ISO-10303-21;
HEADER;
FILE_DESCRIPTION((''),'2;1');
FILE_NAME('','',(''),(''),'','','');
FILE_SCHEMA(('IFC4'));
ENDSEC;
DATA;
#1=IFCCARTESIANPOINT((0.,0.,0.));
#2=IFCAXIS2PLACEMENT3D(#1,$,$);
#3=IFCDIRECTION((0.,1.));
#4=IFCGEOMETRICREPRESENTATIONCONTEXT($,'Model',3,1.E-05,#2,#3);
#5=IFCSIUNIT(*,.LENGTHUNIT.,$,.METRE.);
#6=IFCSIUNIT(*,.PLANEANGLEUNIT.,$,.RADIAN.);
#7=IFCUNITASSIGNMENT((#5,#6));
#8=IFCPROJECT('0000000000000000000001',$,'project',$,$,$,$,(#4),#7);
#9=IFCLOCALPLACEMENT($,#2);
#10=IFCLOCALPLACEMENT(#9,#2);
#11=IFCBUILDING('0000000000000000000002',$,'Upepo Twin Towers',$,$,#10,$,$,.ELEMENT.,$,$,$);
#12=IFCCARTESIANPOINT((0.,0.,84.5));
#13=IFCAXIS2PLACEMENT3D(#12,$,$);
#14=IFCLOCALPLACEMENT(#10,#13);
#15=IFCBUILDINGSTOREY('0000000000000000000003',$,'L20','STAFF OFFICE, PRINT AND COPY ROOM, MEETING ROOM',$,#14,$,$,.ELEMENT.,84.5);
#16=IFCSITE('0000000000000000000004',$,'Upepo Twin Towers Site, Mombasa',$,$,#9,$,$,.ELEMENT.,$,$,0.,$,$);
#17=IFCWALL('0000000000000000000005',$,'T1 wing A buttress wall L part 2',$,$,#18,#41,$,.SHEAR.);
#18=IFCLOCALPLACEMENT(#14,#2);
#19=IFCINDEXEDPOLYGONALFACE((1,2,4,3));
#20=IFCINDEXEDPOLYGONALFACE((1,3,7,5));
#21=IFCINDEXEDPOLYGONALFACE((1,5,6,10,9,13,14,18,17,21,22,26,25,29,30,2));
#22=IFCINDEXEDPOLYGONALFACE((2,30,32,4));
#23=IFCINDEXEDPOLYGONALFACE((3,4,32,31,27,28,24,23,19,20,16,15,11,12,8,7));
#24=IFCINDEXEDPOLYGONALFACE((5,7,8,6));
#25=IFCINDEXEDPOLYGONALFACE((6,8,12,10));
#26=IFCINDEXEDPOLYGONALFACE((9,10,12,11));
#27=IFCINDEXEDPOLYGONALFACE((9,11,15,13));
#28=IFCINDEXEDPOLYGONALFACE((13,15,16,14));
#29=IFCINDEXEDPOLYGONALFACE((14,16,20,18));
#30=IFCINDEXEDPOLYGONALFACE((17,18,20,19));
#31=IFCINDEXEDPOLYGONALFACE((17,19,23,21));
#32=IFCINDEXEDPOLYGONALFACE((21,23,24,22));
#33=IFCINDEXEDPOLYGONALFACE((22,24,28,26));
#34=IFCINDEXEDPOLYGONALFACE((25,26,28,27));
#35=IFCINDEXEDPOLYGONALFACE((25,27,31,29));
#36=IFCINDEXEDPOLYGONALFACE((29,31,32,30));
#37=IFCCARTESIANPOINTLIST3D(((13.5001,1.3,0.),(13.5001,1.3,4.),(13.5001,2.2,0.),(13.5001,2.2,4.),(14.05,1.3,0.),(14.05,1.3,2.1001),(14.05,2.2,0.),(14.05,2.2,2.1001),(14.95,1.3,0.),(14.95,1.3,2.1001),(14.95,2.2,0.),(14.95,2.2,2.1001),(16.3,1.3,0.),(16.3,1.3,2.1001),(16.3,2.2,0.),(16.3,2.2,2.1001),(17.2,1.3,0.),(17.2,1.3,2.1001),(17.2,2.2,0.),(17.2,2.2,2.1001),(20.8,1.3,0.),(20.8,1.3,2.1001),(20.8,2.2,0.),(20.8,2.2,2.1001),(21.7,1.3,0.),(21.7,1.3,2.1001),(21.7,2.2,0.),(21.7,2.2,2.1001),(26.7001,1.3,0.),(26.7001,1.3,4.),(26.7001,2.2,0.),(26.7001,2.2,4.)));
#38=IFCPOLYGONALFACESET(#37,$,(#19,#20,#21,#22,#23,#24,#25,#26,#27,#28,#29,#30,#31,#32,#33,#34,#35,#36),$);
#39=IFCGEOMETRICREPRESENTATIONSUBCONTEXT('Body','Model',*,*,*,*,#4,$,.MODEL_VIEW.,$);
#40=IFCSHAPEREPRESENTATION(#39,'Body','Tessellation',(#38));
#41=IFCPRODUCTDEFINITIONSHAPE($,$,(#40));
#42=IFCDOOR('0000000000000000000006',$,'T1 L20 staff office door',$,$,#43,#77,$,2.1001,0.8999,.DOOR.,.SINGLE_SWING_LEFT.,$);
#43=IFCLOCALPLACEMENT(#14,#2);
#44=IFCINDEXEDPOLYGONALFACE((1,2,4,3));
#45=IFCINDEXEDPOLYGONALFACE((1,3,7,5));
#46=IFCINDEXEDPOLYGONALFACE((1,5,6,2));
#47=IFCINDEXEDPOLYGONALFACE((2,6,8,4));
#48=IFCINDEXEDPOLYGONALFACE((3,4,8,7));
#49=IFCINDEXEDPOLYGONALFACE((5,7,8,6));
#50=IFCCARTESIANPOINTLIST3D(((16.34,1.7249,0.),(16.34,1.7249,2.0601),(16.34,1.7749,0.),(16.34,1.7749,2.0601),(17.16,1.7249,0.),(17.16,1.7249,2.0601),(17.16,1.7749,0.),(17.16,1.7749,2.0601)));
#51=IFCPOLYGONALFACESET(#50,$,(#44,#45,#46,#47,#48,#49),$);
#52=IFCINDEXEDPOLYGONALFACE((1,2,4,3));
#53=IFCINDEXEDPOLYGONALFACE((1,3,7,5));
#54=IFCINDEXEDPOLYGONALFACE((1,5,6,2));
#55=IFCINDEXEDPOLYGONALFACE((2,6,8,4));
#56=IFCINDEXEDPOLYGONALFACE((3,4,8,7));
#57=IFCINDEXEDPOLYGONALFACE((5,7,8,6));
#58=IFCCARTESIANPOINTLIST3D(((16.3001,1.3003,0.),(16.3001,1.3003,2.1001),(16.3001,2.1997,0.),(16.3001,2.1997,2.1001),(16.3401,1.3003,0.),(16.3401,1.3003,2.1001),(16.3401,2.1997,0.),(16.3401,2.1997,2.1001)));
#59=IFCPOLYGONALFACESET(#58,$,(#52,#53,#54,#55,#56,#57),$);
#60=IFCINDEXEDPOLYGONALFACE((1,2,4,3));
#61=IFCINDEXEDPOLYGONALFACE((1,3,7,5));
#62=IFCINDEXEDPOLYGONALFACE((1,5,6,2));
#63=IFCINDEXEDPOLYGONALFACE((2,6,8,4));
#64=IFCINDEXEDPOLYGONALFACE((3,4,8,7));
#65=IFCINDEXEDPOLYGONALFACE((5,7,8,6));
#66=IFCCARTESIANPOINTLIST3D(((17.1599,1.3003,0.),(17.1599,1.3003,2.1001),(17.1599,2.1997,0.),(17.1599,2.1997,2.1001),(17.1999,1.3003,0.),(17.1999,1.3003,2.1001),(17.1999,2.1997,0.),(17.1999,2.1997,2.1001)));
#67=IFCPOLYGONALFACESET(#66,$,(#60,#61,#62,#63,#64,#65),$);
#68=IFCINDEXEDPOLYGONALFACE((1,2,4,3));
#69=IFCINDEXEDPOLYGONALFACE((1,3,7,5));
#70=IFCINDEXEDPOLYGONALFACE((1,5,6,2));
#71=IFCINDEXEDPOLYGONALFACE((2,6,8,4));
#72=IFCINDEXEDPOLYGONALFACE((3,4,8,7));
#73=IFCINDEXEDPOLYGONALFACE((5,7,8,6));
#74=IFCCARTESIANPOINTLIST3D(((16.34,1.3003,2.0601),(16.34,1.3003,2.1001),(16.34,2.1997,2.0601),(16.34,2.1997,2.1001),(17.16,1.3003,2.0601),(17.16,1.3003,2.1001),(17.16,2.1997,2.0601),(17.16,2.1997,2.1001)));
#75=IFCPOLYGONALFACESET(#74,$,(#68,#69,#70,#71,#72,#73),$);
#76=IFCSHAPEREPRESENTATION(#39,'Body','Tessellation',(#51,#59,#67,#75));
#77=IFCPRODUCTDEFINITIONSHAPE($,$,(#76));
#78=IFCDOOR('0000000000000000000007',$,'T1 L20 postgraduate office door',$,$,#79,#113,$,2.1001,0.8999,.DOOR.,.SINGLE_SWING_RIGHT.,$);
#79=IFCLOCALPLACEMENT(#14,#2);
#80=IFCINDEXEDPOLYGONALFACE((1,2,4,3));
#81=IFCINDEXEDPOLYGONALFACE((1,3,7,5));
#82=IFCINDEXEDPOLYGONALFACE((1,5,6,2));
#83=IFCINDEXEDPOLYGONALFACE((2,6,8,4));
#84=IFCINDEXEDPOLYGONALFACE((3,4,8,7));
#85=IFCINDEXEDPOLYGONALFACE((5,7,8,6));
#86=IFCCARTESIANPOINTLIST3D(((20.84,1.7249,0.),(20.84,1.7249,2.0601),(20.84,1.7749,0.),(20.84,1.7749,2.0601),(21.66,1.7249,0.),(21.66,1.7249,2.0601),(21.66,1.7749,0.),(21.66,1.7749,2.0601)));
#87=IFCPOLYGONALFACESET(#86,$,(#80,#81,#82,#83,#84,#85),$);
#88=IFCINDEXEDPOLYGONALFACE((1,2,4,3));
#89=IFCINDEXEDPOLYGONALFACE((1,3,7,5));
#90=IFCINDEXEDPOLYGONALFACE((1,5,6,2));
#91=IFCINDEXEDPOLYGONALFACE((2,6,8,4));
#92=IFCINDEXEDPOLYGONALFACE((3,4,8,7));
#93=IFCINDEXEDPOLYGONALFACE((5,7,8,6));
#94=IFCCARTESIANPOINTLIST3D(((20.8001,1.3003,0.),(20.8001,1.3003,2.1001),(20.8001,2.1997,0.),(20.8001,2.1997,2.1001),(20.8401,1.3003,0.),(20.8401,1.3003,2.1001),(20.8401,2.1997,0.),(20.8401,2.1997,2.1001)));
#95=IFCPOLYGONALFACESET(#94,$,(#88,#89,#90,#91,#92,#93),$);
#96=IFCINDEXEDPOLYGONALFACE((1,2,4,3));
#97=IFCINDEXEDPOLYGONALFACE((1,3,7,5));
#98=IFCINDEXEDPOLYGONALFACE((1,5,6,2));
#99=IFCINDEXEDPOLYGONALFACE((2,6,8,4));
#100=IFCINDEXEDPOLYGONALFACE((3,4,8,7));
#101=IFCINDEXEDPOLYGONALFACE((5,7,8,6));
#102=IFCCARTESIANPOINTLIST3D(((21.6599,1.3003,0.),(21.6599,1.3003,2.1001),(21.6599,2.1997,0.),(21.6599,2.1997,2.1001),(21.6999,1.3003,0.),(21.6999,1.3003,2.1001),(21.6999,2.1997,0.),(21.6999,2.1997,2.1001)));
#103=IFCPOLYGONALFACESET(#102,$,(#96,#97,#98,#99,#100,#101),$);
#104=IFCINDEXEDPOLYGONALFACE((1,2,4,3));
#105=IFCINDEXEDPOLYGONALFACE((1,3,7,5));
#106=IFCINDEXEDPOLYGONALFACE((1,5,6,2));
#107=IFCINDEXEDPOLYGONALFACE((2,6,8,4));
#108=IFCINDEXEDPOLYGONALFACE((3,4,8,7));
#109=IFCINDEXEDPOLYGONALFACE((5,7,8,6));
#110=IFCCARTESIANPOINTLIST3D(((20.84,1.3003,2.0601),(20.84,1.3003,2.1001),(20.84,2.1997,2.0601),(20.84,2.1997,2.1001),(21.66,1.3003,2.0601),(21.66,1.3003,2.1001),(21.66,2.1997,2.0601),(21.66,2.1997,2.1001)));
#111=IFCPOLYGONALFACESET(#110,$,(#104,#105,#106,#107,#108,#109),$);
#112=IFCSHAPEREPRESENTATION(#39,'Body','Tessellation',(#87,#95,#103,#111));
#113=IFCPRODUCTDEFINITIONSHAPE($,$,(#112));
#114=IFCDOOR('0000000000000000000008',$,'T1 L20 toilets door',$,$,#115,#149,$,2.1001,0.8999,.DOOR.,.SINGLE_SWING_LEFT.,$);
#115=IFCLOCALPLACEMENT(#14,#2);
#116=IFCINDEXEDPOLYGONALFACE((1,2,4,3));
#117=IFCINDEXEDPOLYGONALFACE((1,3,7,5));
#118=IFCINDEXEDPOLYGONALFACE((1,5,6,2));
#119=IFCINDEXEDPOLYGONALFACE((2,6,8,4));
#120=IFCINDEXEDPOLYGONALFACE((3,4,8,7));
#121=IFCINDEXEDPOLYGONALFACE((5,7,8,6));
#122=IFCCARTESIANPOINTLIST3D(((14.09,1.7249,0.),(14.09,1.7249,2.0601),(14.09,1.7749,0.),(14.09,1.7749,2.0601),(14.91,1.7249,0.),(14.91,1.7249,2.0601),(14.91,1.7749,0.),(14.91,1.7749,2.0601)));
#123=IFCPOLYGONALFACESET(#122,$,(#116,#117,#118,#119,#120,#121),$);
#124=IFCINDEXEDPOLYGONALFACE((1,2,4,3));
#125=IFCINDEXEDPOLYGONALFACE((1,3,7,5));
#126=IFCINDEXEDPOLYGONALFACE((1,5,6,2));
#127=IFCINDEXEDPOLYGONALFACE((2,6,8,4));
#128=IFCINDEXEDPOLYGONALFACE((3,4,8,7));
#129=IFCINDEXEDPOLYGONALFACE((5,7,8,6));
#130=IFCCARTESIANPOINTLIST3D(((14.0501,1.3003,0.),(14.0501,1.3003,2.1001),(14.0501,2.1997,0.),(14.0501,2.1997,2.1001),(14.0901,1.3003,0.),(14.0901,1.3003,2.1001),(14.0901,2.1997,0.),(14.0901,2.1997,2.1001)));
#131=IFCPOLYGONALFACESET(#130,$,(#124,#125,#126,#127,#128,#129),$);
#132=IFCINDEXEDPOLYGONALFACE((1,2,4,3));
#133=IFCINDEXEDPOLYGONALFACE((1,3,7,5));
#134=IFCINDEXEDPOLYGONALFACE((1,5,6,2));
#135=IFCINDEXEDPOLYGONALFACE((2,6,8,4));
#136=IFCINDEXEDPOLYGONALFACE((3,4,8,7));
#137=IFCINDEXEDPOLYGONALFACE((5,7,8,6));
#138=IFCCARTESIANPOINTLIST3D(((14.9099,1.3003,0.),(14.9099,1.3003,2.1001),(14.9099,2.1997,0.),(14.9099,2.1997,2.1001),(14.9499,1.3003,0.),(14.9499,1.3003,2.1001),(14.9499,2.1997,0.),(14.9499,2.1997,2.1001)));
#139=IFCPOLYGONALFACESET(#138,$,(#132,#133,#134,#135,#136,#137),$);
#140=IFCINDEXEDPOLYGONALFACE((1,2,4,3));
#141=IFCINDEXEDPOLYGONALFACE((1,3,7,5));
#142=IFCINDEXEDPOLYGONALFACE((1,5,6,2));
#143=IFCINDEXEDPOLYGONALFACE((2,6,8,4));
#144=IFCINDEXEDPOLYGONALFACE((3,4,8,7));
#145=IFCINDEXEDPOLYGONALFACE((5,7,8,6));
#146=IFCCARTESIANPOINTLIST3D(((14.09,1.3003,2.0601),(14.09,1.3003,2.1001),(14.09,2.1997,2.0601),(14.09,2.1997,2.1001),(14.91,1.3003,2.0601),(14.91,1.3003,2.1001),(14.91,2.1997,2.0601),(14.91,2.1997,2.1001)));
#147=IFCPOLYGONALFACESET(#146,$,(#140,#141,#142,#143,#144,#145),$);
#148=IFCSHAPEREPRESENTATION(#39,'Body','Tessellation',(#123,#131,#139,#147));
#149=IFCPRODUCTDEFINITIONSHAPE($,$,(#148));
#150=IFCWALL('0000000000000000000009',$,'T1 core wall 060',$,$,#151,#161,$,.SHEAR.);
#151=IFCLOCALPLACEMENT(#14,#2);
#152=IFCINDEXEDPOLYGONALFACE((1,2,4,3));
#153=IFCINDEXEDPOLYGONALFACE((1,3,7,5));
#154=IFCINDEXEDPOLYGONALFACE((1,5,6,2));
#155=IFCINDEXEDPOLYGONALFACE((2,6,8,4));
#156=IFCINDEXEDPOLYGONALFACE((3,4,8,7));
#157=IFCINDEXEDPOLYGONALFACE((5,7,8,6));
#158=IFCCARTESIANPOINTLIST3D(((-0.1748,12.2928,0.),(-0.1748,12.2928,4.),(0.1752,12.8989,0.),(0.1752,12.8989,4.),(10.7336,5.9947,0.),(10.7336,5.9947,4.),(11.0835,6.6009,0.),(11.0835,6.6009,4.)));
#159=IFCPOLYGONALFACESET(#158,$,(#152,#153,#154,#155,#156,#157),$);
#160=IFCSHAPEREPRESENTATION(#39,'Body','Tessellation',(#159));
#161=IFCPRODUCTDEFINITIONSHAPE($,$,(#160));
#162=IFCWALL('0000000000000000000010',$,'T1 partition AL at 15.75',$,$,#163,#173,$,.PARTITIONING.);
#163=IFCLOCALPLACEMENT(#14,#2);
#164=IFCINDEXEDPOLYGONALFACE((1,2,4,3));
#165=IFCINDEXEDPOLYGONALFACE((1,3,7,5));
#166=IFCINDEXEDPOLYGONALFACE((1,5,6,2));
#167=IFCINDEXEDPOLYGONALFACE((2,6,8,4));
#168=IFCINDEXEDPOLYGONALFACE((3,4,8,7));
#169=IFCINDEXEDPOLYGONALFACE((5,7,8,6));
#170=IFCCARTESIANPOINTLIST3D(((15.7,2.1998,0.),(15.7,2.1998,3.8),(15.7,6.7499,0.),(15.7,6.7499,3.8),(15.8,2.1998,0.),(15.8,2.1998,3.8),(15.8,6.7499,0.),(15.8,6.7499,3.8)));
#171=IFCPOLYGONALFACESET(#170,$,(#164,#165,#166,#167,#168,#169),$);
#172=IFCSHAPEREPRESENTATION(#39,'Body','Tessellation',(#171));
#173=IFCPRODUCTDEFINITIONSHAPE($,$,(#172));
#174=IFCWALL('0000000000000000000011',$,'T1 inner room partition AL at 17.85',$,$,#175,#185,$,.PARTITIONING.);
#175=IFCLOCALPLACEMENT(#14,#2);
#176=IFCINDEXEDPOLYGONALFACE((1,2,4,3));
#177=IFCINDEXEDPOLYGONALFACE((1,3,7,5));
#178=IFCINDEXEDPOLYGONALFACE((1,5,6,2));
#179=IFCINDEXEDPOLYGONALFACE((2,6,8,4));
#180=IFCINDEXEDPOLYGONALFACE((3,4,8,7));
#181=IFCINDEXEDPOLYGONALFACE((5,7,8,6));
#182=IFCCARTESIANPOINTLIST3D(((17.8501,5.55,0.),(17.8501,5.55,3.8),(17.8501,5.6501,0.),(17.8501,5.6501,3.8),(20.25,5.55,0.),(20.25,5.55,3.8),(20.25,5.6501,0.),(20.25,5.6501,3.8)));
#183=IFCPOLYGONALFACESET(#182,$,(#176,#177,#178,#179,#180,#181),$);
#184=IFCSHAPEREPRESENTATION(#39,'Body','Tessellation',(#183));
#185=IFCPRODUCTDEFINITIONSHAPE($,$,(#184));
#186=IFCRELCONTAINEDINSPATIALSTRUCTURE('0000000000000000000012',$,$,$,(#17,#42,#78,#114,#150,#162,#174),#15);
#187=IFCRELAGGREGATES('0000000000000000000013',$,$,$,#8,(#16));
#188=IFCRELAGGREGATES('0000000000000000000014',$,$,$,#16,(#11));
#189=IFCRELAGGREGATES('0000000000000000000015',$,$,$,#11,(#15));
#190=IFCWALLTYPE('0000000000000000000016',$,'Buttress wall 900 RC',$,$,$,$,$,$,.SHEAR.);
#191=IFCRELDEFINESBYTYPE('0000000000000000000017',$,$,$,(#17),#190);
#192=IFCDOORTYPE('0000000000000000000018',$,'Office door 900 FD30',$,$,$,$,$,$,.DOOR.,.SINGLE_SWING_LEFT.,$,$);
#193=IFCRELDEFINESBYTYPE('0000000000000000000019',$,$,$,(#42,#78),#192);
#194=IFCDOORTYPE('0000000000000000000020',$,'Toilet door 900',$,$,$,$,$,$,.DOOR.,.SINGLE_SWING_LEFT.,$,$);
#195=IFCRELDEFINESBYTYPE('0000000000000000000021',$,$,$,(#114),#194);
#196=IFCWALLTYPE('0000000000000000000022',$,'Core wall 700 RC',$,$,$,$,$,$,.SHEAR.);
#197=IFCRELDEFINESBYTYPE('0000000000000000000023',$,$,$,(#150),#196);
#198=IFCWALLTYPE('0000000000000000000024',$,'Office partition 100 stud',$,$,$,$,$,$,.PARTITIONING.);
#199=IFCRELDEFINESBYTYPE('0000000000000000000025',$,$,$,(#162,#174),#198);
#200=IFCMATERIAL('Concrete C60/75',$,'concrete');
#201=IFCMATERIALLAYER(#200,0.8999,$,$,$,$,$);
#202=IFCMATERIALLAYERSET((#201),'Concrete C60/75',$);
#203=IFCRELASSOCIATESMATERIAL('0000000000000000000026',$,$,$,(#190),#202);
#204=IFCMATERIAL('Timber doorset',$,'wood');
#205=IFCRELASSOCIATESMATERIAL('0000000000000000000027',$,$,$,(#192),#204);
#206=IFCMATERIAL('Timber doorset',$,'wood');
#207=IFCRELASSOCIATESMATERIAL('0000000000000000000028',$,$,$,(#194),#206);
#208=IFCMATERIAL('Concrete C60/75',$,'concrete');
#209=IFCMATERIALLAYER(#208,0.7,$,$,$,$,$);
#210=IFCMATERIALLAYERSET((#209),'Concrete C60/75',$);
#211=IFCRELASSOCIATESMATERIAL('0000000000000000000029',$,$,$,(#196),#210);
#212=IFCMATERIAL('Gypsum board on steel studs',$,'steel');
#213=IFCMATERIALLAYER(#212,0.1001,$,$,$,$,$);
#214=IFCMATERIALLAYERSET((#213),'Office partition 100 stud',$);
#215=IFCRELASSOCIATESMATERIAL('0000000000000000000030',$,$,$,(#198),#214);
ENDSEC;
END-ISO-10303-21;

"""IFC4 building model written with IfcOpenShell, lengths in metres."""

from ifc_helpers import new_model, si_unit, direction, frame, frame_2d, origin, place, context, subcontext, project, spatial, rectangle, extrude, material, layer, layer_set, type_object, element, fill, save


model = new_model("IFC4")

# Units and contexts
model_context = context("Model", 3, precision=1e-05, world=origin(), true_north=direction((0.0, 1.0)))
body_context = subcontext(model_context, "Body", "Model", "MODEL_VIEW")
ifc_project = project(units=[si_unit("LENGTHUNIT", "METRE"), si_unit("PLANEANGLEUNIT", "RADIAN")], contexts=[model_context])

# Site, building, storey
site_placement = place(None, origin())
site = spatial("IfcSite", under=ifc_project, at=site_placement, Name="Upepo Twin Towers Site, Mombasa", CompositionType="ELEMENT", RefElevation=0.0)
building_placement = place(site_placement, origin())
building = spatial("IfcBuilding", under=site, at=building_placement, Name="Upepo Twin Towers", CompositionType="ELEMENT")
storey_placement = place(building_placement, frame((0.0, 0.0, 84.5)))
storey = spatial("IfcBuildingStorey", under=building, at=storey_placement, Name="L20", Description="STAFF OFFICE, PRINT AND COPY ROOM, MEETING ROOM", CompositionType="ELEMENT", Elevation=84.5)

# Wall, openings, doors
ifc_material_1 = material(Name="Concrete C60/75", Category="concrete")
ifc_layer_1 = layer(ifc_material_1, 0.8999)
ifc_layer_set_1 = layer_set([ifc_layer_1], Name="Concrete C60/75")
wall_type_1 = type_object("IfcWallType", Name="Buttress wall 900 RC", PredefinedType="SHEAR", material=ifc_layer_set_1)
wall_1_placement = place(storey_placement, frame((13.5, 1.75, 0.0), z_axis=(0.0, 0.0, 1.0), x_axis=(1.0, 0.0, 0.0)))
wall_1 = element("IfcWall", 1, at=wall_1_placement, inside=storey, type_object=wall_type_1, Name="T1 wing A buttress wall L part 2", PredefinedType="SHEAR", context=body_context, shape_type="SweptSolid", body=[
    extrude(rectangle(XDim=13.2, YDim=0.8999, at=frame_2d((6.6001, 0.0))), origin(), (0.0, 0.0, 1.0), 4.0),
])
opening_1_placement = place(wall_1_placement, frame((0.55, 0.0, 0.0)))
opening_1 = element("IfcOpeningElement", 2, at=opening_1_placement, cuts=wall_1, PredefinedType="OPENING", context=body_context, shape_type="SweptSolid", body=[
    extrude(rectangle(XDim=0.8999, YDim=2.1001, at=frame_2d((0.45, 1.05))), frame((0.0, 0.46, 0.0), z_axis=(0.0, -1.0, 0.0), x_axis=(1.0, 0.0, 0.0)), (0.0, 0.0, 1.0), 0.9199),
])
opening_2_placement = place(wall_1_placement, frame((2.8, 0.0, 0.0)))
opening_2 = element("IfcOpeningElement", 3, at=opening_2_placement, cuts=wall_1, PredefinedType="OPENING", context=body_context, shape_type="SweptSolid", body=[
    extrude(rectangle(XDim=0.8999, YDim=2.1001, at=frame_2d((0.45, 1.05))), frame((0.0, 0.46, 0.0), z_axis=(0.0, -1.0, 0.0), x_axis=(1.0, 0.0, 0.0)), (0.0, 0.0, 1.0), 0.9199),
])
opening_3_placement = place(wall_1_placement, frame((7.3, 0.0, 0.0)))
opening_3 = element("IfcOpeningElement", 4, at=opening_3_placement, cuts=wall_1, PredefinedType="OPENING", context=body_context, shape_type="SweptSolid", body=[
    extrude(rectangle(XDim=0.8999, YDim=2.1001, at=frame_2d((0.45, 1.05))), frame((0.0, 0.46, 0.0), z_axis=(0.0, -1.0, 0.0), x_axis=(1.0, 0.0, 0.0)), (0.0, 0.0, 1.0), 0.9199),
])
ifc_material_2 = material(Name="Timber doorset", Category="wood")
door_type_1 = type_object("IfcDoorType", Name="Office door 900 FD30", OperationType="SINGLE_SWING_LEFT", PredefinedType="DOOR", material=ifc_material_2)
door_1_placement = place(opening_2_placement, origin())
door_1 = element("IfcDoor", 5, at=door_1_placement, inside=storey, type_object=door_type_1, Name="T1 L20 staff office door", OperationType="SINGLE_SWING_LEFT", OverallHeight=2.1001, OverallWidth=0.8999, PredefinedType="DOOR", context=body_context, shape_type="SweptSolid", body=[
    extrude(rectangle(XDim=0.8199, YDim=2.0601, at=frame_2d((0.45, 1.03))), frame((0.0, 0.0249, 0.0), z_axis=(0.0, -1.0, 0.0), x_axis=(1.0, 0.0, 0.0)), (0.0, 0.0, 1.0), 0.05),
    extrude(rectangle(XDim=0.04, YDim=2.1001, at=frame_2d((0.02, 1.05))), frame((0.0, 0.4497, 0.0), z_axis=(0.0, -1.0, 0.0), x_axis=(1.0, 0.0, 0.0)), (0.0, 0.0, 1.0), 0.8994),
    extrude(rectangle(XDim=0.04, YDim=2.1001, at=frame_2d((0.8799, 1.05))), frame((0.0, 0.4497, 0.0), z_axis=(0.0, -1.0, 0.0), x_axis=(1.0, 0.0, 0.0)), (0.0, 0.0, 1.0), 0.8994),
    extrude(rectangle(XDim=0.8199, YDim=0.04, at=frame_2d((0.45, 2.0801))), frame((0.0, 0.4497, 0.0), z_axis=(0.0, -1.0, 0.0), x_axis=(1.0, 0.0, 0.0)), (0.0, 0.0, 1.0), 0.8994),
])
fill(opening_2, door_1)
door_2_placement = place(opening_3_placement, origin())
door_2 = element("IfcDoor", 6, at=door_2_placement, inside=storey, type_object=door_type_1, Name="T1 L20 postgraduate office door", OperationType="SINGLE_SWING_RIGHT", OverallHeight=2.1001, OverallWidth=0.8999, PredefinedType="DOOR", context=body_context, shape_type="SweptSolid", body=[
    extrude(rectangle(XDim=0.8199, YDim=2.0601, at=frame_2d((0.45, 1.03))), frame((0.0, 0.0249, 0.0), z_axis=(0.0, -1.0, 0.0), x_axis=(1.0, 0.0, 0.0)), (0.0, 0.0, 1.0), 0.05),
    extrude(rectangle(XDim=0.04, YDim=2.1001, at=frame_2d((0.02, 1.05))), frame((0.0, 0.4497, 0.0), z_axis=(0.0, -1.0, 0.0), x_axis=(1.0, 0.0, 0.0)), (0.0, 0.0, 1.0), 0.8994),
    extrude(rectangle(XDim=0.04, YDim=2.1001, at=frame_2d((0.8799, 1.05))), frame((0.0, 0.4497, 0.0), z_axis=(0.0, -1.0, 0.0), x_axis=(1.0, 0.0, 0.0)), (0.0, 0.0, 1.0), 0.8994),
    extrude(rectangle(XDim=0.8199, YDim=0.04, at=frame_2d((0.45, 2.0801))), frame((0.0, 0.4497, 0.0), z_axis=(0.0, -1.0, 0.0), x_axis=(1.0, 0.0, 0.0)), (0.0, 0.0, 1.0), 0.8994),
])
fill(opening_3, door_2)
ifc_material_3 = material(Name="Timber doorset", Category="wood")
door_type_2 = type_object("IfcDoorType", Name="Toilet door 900", OperationType="SINGLE_SWING_LEFT", PredefinedType="DOOR", material=ifc_material_3)
door_3_placement = place(opening_1_placement, origin())
door_3 = element("IfcDoor", 7, at=door_3_placement, inside=storey, type_object=door_type_2, Name="T1 L20 toilets door", OperationType="SINGLE_SWING_LEFT", OverallHeight=2.1001, OverallWidth=0.8999, PredefinedType="DOOR", context=body_context, shape_type="SweptSolid", body=[
    extrude(rectangle(XDim=0.8199, YDim=2.0601, at=frame_2d((0.45, 1.03))), frame((0.0, 0.0249, 0.0), z_axis=(0.0, -1.0, 0.0), x_axis=(1.0, 0.0, 0.0)), (0.0, 0.0, 1.0), 0.05),
    extrude(rectangle(XDim=0.04, YDim=2.1001, at=frame_2d((0.02, 1.05))), frame((0.0, 0.4497, 0.0), z_axis=(0.0, -1.0, 0.0), x_axis=(1.0, 0.0, 0.0)), (0.0, 0.0, 1.0), 0.8994),
    extrude(rectangle(XDim=0.04, YDim=2.1001, at=frame_2d((0.8799, 1.05))), frame((0.0, 0.4497, 0.0), z_axis=(0.0, -1.0, 0.0), x_axis=(1.0, 0.0, 0.0)), (0.0, 0.0, 1.0), 0.8994),
    extrude(rectangle(XDim=0.8199, YDim=0.04, at=frame_2d((0.45, 2.0801))), frame((0.0, 0.4497, 0.0), z_axis=(0.0, -1.0, 0.0), x_axis=(1.0, 0.0, 0.0)), (0.0, 0.0, 1.0), 0.8994),
])
fill(opening_1, door_3)

# Walls
ifc_material_4 = material(Name="Concrete C60/75", Category="concrete")
ifc_layer_2 = layer(ifc_material_4, 0.7)
ifc_layer_set_2 = layer_set([ifc_layer_2], Name="Concrete C60/75")
wall_type_2 = type_object("IfcWallType", Name="Core wall 700 RC", PredefinedType="SHEAR", material=ifc_layer_set_2)
wall_2_placement = place(storey_placement, frame((10.9084, 6.2979, 0.0), z_axis=(0.0, 0.0, 1.0), x_axis=(-0.866022, 0.500006, 0.0)))
element("IfcWall", 8, at=wall_2_placement, inside=storey, type_object=wall_type_2, Name="T1 core wall 060", PredefinedType="SHEAR", context=body_context, shape_type="SweptSolid", body=[
    extrude(rectangle(XDim=12.5959, YDim=0.7, at=frame_2d((6.2979, 0.0))), origin(), (0.0, 0.0, 1.0), 4.0),
])
ifc_material_5 = material(Name="Gypsum board on steel studs", Category="steel")
ifc_layer_3 = layer(ifc_material_5, 0.1001)
ifc_layer_set_3 = layer_set([ifc_layer_3], Name="Office partition 100 stud")
wall_type_3 = type_object("IfcWallType", Name="Office partition 100 stud", PredefinedType="PARTITIONING", material=ifc_layer_set_3)
wall_3_placement = place(storey_placement, frame((15.75, 2.2, 0.0), z_axis=(0.0, 0.0, 1.0), x_axis=(0.0, 1.0, 0.0)))
element("IfcWall", 9, at=wall_3_placement, inside=storey, type_object=wall_type_3, Name="T1 partition AL at 15.75", PredefinedType="PARTITIONING", context=body_context, shape_type="SweptSolid", body=[
    extrude(rectangle(XDim=4.55, YDim=0.1001, at=frame_2d((2.2749, 0.0))), origin(), (0.0, 0.0, 1.0), 3.8),
])
wall_4_placement = place(storey_placement, frame((17.8501, 5.6001, 0.0), z_axis=(0.0, 0.0, 1.0), x_axis=(1.0, 0.0, 0.0)))
element("IfcWall", 10, at=wall_4_placement, inside=storey, type_object=wall_type_3, Name="T1 inner room partition AL at 17.85", PredefinedType="PARTITIONING", context=body_context, shape_type="SweptSolid", body=[
    extrude(rectangle(XDim=2.3999, YDim=0.1001, at=frame_2d((1.2, 0.0))), origin(), (0.0, 0.0, 1.0), 3.8),
])

save(model, "model.ifc")
